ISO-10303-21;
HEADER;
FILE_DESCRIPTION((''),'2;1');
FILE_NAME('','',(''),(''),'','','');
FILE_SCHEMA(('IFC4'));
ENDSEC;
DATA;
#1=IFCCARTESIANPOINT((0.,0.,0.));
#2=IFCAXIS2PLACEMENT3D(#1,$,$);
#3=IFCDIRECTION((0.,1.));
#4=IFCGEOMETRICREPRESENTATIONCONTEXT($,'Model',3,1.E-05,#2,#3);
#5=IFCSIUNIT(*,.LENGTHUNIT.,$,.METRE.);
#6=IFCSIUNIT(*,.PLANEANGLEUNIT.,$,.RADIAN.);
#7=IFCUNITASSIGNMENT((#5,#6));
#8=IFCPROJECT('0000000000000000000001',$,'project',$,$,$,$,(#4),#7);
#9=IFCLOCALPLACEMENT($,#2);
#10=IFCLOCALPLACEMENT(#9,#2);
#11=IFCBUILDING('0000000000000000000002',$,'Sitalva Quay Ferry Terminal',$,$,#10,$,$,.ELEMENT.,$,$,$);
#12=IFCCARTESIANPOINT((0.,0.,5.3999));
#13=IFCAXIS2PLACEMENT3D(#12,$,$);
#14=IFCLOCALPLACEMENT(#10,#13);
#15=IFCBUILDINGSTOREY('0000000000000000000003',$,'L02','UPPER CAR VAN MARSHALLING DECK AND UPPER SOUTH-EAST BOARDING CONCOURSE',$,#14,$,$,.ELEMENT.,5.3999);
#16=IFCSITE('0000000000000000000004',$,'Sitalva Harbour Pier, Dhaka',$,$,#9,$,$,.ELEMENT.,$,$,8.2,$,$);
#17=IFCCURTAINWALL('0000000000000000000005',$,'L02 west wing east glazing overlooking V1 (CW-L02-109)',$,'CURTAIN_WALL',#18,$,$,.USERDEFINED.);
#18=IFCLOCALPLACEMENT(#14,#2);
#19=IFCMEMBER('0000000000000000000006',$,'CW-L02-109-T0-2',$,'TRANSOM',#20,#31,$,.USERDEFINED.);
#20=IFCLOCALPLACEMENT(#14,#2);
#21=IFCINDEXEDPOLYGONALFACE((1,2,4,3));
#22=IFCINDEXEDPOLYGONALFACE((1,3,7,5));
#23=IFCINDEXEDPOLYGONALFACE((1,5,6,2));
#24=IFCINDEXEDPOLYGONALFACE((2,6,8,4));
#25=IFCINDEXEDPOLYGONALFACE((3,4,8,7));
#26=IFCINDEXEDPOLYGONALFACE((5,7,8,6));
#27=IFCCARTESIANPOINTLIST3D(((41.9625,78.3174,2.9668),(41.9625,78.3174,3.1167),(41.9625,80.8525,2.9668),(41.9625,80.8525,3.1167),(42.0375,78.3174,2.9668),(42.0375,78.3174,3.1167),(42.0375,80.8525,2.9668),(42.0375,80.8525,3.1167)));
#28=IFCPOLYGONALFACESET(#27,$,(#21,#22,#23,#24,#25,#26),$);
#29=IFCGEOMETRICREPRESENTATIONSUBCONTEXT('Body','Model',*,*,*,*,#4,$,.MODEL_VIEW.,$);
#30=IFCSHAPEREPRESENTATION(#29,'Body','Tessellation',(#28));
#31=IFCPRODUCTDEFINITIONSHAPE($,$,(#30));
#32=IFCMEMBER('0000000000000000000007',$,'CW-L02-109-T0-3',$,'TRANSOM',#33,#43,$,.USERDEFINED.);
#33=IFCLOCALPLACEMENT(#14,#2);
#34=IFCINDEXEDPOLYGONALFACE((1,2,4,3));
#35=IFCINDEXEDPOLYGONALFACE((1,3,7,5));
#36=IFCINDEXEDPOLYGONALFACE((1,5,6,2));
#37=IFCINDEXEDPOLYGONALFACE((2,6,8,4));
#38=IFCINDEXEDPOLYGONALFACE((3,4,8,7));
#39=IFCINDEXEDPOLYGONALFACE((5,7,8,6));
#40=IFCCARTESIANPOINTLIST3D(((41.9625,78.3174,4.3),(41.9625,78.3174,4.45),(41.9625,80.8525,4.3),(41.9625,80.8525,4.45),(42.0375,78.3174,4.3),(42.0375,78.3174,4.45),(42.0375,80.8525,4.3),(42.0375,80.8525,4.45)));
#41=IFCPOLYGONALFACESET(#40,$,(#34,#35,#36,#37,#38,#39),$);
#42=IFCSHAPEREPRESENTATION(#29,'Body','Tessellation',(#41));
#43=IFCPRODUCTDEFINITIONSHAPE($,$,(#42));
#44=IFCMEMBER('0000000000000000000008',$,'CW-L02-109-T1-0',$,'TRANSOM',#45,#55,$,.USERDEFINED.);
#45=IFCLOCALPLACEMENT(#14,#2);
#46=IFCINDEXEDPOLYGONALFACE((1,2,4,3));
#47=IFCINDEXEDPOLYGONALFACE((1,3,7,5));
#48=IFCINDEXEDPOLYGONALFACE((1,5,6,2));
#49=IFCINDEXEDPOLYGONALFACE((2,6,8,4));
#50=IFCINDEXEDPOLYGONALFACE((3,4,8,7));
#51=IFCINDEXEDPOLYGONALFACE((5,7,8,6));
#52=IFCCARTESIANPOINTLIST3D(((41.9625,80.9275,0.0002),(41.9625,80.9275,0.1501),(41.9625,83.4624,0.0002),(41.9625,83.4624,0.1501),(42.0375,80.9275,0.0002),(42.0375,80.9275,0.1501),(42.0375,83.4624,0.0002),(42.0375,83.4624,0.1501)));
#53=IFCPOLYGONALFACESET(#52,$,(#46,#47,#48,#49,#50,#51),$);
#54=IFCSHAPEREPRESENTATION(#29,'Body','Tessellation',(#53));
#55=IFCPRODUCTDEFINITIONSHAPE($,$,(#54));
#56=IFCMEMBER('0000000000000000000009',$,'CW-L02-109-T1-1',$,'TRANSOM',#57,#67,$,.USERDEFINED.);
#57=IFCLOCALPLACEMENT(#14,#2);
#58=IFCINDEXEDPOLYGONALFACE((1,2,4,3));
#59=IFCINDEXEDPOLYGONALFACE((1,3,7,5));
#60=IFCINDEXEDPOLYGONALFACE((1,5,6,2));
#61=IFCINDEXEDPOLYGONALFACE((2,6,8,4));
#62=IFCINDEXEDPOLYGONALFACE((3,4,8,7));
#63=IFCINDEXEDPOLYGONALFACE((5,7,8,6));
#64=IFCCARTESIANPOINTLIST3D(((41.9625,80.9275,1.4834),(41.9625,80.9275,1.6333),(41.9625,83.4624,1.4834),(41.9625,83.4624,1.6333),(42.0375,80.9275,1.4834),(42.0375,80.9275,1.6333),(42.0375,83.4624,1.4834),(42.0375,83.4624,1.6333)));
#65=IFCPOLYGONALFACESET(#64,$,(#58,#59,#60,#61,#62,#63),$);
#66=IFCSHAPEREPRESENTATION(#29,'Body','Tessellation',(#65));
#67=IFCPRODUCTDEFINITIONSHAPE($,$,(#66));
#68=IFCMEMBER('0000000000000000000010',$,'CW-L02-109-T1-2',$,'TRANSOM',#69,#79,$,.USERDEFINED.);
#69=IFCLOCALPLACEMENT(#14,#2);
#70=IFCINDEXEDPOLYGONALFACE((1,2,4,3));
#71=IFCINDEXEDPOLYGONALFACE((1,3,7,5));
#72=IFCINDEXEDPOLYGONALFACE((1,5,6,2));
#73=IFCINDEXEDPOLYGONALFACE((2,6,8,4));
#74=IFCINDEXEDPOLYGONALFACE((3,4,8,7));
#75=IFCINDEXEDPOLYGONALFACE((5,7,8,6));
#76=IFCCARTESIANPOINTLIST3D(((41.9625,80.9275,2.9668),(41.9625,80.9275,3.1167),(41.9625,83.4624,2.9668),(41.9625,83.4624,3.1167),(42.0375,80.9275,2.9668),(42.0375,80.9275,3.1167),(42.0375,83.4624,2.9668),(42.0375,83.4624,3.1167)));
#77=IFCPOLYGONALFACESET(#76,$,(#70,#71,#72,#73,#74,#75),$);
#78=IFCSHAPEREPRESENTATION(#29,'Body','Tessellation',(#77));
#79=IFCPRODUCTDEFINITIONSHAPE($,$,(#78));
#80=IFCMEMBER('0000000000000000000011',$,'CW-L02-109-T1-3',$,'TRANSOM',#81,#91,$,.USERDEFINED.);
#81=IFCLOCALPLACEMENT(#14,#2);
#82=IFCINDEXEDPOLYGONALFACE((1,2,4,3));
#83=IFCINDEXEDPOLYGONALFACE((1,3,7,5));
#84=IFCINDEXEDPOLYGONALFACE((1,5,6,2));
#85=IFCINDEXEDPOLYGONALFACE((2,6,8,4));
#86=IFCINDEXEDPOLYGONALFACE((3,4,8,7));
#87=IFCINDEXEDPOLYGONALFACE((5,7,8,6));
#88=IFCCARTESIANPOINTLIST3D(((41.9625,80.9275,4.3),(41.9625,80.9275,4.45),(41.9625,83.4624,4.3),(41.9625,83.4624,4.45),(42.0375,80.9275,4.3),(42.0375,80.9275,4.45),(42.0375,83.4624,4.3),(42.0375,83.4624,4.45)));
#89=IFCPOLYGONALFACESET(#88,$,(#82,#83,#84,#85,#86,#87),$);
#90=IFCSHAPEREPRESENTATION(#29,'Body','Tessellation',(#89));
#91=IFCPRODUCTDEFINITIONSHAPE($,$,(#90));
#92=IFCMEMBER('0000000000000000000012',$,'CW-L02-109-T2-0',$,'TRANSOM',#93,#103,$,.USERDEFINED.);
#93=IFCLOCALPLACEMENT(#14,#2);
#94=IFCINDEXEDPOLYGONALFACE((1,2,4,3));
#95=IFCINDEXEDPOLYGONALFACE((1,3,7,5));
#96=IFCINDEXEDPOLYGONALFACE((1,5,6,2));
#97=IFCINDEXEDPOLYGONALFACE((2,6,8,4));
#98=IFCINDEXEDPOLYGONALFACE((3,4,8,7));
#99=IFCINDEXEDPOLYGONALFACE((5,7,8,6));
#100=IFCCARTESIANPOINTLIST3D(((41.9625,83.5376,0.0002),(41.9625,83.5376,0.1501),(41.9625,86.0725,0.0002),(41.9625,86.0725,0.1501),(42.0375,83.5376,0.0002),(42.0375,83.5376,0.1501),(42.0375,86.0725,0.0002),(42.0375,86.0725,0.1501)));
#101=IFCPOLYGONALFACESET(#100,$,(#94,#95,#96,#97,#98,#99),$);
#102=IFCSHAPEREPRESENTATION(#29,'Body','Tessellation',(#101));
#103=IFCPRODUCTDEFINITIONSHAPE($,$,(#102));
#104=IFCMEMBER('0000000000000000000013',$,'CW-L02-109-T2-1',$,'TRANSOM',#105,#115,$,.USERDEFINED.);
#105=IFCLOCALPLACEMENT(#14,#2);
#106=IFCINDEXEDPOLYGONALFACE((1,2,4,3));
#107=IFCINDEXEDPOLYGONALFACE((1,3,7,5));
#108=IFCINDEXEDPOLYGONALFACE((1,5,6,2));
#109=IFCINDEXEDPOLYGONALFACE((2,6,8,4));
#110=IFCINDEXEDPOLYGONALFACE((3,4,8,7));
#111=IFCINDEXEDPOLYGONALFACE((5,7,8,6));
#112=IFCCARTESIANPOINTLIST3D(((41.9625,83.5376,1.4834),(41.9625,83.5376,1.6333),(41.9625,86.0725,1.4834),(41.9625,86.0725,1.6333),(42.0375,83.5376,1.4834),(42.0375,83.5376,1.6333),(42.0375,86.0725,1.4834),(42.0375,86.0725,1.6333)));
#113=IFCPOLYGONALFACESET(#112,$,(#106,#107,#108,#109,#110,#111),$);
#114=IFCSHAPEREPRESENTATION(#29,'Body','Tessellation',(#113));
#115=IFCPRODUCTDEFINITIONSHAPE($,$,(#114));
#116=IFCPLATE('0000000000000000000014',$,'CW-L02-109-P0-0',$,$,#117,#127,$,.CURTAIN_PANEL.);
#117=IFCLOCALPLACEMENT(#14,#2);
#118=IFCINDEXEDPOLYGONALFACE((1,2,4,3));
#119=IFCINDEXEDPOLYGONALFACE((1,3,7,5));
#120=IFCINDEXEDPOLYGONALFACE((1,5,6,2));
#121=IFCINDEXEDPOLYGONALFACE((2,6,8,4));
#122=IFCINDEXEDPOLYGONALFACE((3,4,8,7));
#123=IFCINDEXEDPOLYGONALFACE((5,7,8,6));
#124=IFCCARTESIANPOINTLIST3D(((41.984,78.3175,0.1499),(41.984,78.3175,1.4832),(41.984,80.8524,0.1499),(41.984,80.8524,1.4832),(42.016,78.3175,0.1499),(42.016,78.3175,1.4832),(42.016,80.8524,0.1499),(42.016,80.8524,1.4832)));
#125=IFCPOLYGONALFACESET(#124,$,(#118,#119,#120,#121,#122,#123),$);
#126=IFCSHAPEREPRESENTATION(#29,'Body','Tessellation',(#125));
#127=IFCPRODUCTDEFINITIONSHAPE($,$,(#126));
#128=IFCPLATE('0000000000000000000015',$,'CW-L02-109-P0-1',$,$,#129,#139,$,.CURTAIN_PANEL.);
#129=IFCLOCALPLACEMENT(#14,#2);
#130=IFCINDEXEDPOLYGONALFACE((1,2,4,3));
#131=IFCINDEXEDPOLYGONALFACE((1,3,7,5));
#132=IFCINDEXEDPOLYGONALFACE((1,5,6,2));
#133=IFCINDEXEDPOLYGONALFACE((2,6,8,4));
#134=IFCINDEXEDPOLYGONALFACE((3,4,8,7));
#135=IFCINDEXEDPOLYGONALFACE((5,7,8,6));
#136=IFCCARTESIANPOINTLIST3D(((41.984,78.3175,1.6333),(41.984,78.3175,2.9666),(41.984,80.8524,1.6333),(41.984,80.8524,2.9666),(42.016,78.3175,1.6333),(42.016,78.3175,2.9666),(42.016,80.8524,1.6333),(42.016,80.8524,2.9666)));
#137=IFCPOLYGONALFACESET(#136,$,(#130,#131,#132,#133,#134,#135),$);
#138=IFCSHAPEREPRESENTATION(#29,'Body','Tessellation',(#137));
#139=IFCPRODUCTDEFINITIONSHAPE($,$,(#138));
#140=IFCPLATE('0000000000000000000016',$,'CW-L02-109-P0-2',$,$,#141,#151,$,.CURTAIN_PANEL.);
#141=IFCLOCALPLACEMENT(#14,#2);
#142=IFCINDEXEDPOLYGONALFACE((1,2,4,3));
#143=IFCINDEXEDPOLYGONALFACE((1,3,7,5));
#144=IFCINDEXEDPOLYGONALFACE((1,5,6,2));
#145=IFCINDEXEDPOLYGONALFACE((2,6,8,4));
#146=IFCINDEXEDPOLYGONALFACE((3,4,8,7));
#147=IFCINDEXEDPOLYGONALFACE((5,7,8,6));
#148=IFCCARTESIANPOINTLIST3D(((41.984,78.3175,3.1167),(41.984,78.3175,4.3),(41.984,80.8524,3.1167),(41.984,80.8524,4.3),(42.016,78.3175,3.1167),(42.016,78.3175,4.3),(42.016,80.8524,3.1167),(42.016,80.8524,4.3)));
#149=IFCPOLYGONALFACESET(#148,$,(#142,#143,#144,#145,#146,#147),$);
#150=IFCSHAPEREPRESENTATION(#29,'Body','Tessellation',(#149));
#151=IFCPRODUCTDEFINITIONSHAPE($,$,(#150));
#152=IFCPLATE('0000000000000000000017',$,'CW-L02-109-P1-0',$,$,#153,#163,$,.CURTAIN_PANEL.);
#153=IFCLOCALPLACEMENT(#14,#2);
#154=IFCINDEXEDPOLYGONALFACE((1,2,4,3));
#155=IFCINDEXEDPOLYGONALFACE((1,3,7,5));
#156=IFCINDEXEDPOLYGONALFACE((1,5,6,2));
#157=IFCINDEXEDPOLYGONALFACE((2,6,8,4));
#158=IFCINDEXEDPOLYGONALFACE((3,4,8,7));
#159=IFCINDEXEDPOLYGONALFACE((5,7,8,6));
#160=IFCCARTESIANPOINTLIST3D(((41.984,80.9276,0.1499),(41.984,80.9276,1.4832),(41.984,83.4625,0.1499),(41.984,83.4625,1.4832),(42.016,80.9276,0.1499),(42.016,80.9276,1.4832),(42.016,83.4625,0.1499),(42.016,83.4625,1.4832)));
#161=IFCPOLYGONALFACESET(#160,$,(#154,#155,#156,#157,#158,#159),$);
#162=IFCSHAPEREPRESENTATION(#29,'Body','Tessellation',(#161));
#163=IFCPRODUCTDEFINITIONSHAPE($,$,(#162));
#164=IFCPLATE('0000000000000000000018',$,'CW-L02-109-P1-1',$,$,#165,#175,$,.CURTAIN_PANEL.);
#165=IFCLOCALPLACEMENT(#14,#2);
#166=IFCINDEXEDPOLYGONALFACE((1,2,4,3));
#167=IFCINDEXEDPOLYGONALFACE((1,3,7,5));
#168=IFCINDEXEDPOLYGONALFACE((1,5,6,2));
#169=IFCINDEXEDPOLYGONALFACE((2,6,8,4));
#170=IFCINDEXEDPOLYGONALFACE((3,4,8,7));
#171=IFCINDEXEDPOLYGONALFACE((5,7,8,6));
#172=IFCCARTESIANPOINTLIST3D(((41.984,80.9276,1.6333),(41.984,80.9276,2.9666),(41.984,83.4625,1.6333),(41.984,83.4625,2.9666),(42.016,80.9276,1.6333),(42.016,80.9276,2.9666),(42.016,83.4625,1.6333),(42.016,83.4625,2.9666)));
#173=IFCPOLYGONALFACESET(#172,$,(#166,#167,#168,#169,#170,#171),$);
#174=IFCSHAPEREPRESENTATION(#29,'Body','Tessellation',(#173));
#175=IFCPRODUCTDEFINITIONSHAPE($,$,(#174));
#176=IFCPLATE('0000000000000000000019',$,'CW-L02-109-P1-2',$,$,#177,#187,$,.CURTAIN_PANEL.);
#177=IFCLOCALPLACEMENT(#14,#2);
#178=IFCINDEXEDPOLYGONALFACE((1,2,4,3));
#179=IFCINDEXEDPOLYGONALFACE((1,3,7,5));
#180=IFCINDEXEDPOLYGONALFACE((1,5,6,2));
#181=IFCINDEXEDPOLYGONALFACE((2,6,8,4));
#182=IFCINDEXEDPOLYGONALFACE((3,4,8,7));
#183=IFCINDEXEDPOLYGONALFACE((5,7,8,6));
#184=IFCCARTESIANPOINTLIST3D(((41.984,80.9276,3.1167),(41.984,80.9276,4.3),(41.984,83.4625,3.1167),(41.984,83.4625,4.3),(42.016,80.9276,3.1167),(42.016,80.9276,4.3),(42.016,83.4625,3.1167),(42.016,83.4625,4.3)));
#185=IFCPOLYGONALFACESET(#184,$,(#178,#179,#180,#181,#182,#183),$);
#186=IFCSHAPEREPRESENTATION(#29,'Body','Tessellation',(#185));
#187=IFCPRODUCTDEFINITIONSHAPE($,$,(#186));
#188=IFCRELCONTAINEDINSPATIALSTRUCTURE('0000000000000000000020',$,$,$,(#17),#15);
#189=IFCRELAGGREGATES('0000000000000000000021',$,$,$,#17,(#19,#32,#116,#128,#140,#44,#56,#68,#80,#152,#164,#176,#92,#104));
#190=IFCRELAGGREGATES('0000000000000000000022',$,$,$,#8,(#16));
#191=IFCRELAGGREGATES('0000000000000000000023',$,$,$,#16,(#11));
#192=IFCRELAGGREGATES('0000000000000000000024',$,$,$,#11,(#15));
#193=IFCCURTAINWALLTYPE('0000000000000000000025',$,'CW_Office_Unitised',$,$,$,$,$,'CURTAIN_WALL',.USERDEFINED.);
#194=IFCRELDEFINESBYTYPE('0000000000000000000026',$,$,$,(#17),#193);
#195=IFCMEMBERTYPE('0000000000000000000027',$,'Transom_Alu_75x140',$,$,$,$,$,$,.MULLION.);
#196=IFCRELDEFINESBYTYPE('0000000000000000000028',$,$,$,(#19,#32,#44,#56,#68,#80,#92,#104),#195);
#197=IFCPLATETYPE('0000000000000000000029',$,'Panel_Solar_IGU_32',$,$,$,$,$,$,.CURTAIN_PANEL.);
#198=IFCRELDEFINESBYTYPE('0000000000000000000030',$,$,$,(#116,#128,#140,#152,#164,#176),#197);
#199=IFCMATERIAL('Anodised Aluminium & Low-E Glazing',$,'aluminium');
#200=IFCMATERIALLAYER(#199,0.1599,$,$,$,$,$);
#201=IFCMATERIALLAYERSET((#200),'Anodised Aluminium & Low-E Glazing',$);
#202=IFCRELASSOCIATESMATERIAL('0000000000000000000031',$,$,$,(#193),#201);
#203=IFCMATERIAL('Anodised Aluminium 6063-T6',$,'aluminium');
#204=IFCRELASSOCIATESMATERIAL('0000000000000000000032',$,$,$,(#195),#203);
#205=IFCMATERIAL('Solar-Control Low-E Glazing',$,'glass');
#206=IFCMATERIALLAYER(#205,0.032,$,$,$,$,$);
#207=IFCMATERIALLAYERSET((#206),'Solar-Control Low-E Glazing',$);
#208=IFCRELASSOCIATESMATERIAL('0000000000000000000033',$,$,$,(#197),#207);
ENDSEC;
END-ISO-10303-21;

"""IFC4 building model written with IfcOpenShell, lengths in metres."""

from ifc_helpers import new_model, si_unit, direction, frame, origin, origin_2d, place, context, subcontext, project, spatial, rectangle, extrude, material, layer, layer_set, material_profile, profile_set, type_object, element, aggregate, save


model = new_model("IFC4")

# Units and contexts
model_context = context("Model", 3, precision=1e-05, world=origin(), true_north=direction((0.0, 1.0)))
body_context = subcontext(model_context, "Body", "Model", "MODEL_VIEW")
ifc_project = project(units=[si_unit("LENGTHUNIT", "METRE"), si_unit("PLANEANGLEUNIT", "RADIAN")], contexts=[model_context])

# Site, building, storey
site_placement = place(None, origin())
site = spatial("IfcSite", under=ifc_project, at=site_placement, Name="Sitalva Harbour Pier, Dhaka", CompositionType="ELEMENT", RefElevation=8.2)
building_placement = place(site_placement, origin())
building = spatial("IfcBuilding", under=site, at=building_placement, Name="Sitalva Quay Ferry Terminal", CompositionType="ELEMENT")
storey_placement = place(building_placement, frame((0.0, 0.0, 5.3999)))
storey = spatial("IfcBuildingStorey", under=building, at=storey_placement, Name="L02", Description="UPPER CAR VAN MARSHALLING DECK AND UPPER SOUTH-EAST BOARDING CONCOURSE", CompositionType="ELEMENT", Elevation=5.3999)

# Curtain wall, members, plates
ifc_material_1 = material(Name="Anodised Aluminium & Low-E Glazing", Category="aluminium")
ifc_layer_1 = layer(ifc_material_1, 0.1599)
ifc_layer_set_1 = layer_set([ifc_layer_1], Name="Anodised Aluminium & Low-E Glazing")
curtain_wall_type = type_object("IfcCurtainWallType", Name="CW_Office_Unitised", ElementType="CURTAIN_WALL", PredefinedType="USERDEFINED", material=ifc_layer_set_1)
curtain_wall_placement = place(storey_placement, origin())
curtain_wall = element("IfcCurtainWall", 1, at=curtain_wall_placement, inside=storey, type_object=curtain_wall_type, Name="L02 west wing east glazing overlooking V1 (CW-L02-109)", ObjectType="CURTAIN_WALL", PredefinedType="USERDEFINED")
ifc_material_2 = material(Name="Anodised Aluminium 6063-T6", Category="aluminium")
ifc_material_profile_1 = material_profile(ifc_material_2, rectangle(XDim=0.075, YDim=0.1499, at=origin_2d()), Name="ALU75x150")
ifc_profile_set_1 = profile_set([ifc_material_profile_1], Name="Anodised Aluminium 6063-T6")
member_type_1 = type_object("IfcMemberType", Name="Transom_Alu_75x140", PredefinedType="MULLION", material=ifc_profile_set_1)
member_1_placement = place(storey_placement, frame((42.0, 78.3174, 3.0417), z_axis=(0.0, 1.0, 0.0), x_axis=(-1.0, 0.0, 0.0)))
member_1 = element("IfcMember", 2, at=member_1_placement, type_object=member_type_1, Name="CW-L02-109-T0-2", ObjectType="TRANSOM", PredefinedType="USERDEFINED", context=body_context, shape_type="SweptSolid", body=[
    extrude(rectangle(XDim=0.075, YDim=0.1499, at=origin_2d()), origin(), (0.0, 0.0, 1.0), 2.5352),
])
member_2_placement = place(storey_placement, frame((42.0, 78.3174, 4.375), z_axis=(0.0, 1.0, 0.0), x_axis=(-1.0, 0.0, 0.0)))
member_2 = element("IfcMember", 3, at=member_2_placement, type_object=member_type_1, Name="CW-L02-109-T0-3", ObjectType="TRANSOM", PredefinedType="USERDEFINED", context=body_context, shape_type="SweptSolid", body=[
    extrude(rectangle(XDim=0.075, YDim=0.1499, at=origin_2d()), origin(), (0.0, 0.0, 1.0), 2.5352),
])
member_3_placement = place(storey_placement, frame((42.0, 80.9275, 0.0752), z_axis=(0.0, 1.0, 0.0), x_axis=(-1.0, 0.0, 0.0)))
member_3 = element("IfcMember", 4, at=member_3_placement, type_object=member_type_1, Name="CW-L02-109-T1-0", ObjectType="TRANSOM", PredefinedType="USERDEFINED", context=body_context, shape_type="SweptSolid", body=[
    extrude(rectangle(XDim=0.075, YDim=0.1499, at=origin_2d()), origin(), (0.0, 0.0, 1.0), 2.5349),
])
member_4_placement = place(storey_placement, frame((42.0, 80.9275, 1.5583), z_axis=(0.0, 1.0, 0.0), x_axis=(-1.0, 0.0, 0.0)))
member_4 = element("IfcMember", 5, at=member_4_placement, type_object=member_type_1, Name="CW-L02-109-T1-1", ObjectType="TRANSOM", PredefinedType="USERDEFINED", context=body_context, shape_type="SweptSolid", body=[
    extrude(rectangle(XDim=0.075, YDim=0.1499, at=origin_2d()), origin(), (0.0, 0.0, 1.0), 2.5349),
])
member_5_placement = place(storey_placement, frame((42.0, 80.9275, 3.0417), z_axis=(0.0, 1.0, 0.0), x_axis=(-1.0, 0.0, 0.0)))
member_5 = element("IfcMember", 6, at=member_5_placement, type_object=member_type_1, Name="CW-L02-109-T1-2", ObjectType="TRANSOM", PredefinedType="USERDEFINED", context=body_context, shape_type="SweptSolid", body=[
    extrude(rectangle(XDim=0.075, YDim=0.1499, at=origin_2d()), origin(), (0.0, 0.0, 1.0), 2.5349),
])
member_6_placement = place(storey_placement, frame((42.0, 80.9275, 4.375), z_axis=(0.0, 1.0, 0.0), x_axis=(-1.0, 0.0, 0.0)))
member_6 = element("IfcMember", 7, at=member_6_placement, type_object=member_type_1, Name="CW-L02-109-T1-3", ObjectType="TRANSOM", PredefinedType="USERDEFINED", context=body_context, shape_type="SweptSolid", body=[
    extrude(rectangle(XDim=0.075, YDim=0.1499, at=origin_2d()), origin(), (0.0, 0.0, 1.0), 2.5349),
])
member_7_placement = place(storey_placement, frame((42.0, 83.5376, 0.0752), z_axis=(0.0, 1.0, 0.0), x_axis=(-1.0, 0.0, 0.0)))
member_7 = element("IfcMember", 8, at=member_7_placement, type_object=member_type_1, Name="CW-L02-109-T2-0", ObjectType="TRANSOM", PredefinedType="USERDEFINED", context=body_context, shape_type="SweptSolid", body=[
    extrude(rectangle(XDim=0.075, YDim=0.1499, at=origin_2d()), origin(), (0.0, 0.0, 1.0), 2.5349),
])
member_8_placement = place(storey_placement, frame((42.0, 83.5376, 1.5583), z_axis=(0.0, 1.0, 0.0), x_axis=(-1.0, 0.0, 0.0)))
member_8 = element("IfcMember", 9, at=member_8_placement, type_object=member_type_1, Name="CW-L02-109-T2-1", ObjectType="TRANSOM", PredefinedType="USERDEFINED", context=body_context, shape_type="SweptSolid", body=[
    extrude(rectangle(XDim=0.075, YDim=0.1499, at=origin_2d()), origin(), (0.0, 0.0, 1.0), 2.5349),
])
ifc_material_3 = material(Name="Solar-Control Low-E Glazing", Category="glass")
ifc_layer_2 = layer(ifc_material_3, 0.032)
ifc_layer_set_2 = layer_set([ifc_layer_2], Name="Solar-Control Low-E Glazing")
plate_type = type_object("IfcPlateType", Name="Panel_Solar_IGU_32", PredefinedType="CURTAIN_PANEL", material=ifc_layer_set_2)
plate_1_placement = place(storey_placement, frame((42.0, 79.585, 0.1499), z_axis=(0.0, 0.0, 1.0), x_axis=(0.0, 1.0, 0.0)))
plate_1 = element("IfcPlate", 10, at=plate_1_placement, type_object=plate_type, Name="CW-L02-109-P0-0", PredefinedType="CURTAIN_PANEL", context=body_context, shape_type="SweptSolid", body=[
    extrude(rectangle(XDim=2.5349, YDim=0.032, at=origin_2d()), origin(), (0.0, 0.0, 1.0), 1.3333),
])
plate_2_placement = place(storey_placement, frame((42.0, 79.585, 1.6333), z_axis=(0.0, 0.0, 1.0), x_axis=(0.0, 1.0, 0.0)))
plate_2 = element("IfcPlate", 11, at=plate_2_placement, type_object=plate_type, Name="CW-L02-109-P0-1", PredefinedType="CURTAIN_PANEL", context=body_context, shape_type="SweptSolid", body=[
    extrude(rectangle(XDim=2.5349, YDim=0.032, at=origin_2d()), origin(), (0.0, 0.0, 1.0), 1.3333),
])
plate_3_placement = place(storey_placement, frame((42.0, 79.585, 3.1167), z_axis=(0.0, 0.0, 1.0), x_axis=(0.0, 1.0, 0.0)))
plate_3 = element("IfcPlate", 12, at=plate_3_placement, type_object=plate_type, Name="CW-L02-109-P0-2", PredefinedType="CURTAIN_PANEL", context=body_context, shape_type="SweptSolid", body=[
    extrude(rectangle(XDim=2.5349, YDim=0.032, at=origin_2d()), origin(), (0.0, 0.0, 1.0), 1.1833),
])
plate_4_placement = place(storey_placement, frame((42.0, 82.1951, 0.1499), z_axis=(0.0, 0.0, 1.0), x_axis=(0.0, 1.0, 0.0)))
plate_4 = element("IfcPlate", 13, at=plate_4_placement, type_object=plate_type, Name="CW-L02-109-P1-0", PredefinedType="CURTAIN_PANEL", context=body_context, shape_type="SweptSolid", body=[
    extrude(rectangle(XDim=2.5349, YDim=0.032, at=origin_2d()), origin(), (0.0, 0.0, 1.0), 1.3333),
])
plate_5_placement = place(storey_placement, frame((42.0, 82.1951, 1.6333), z_axis=(0.0, 0.0, 1.0), x_axis=(0.0, 1.0, 0.0)))
plate_5 = element("IfcPlate", 14, at=plate_5_placement, type_object=plate_type, Name="CW-L02-109-P1-1", PredefinedType="CURTAIN_PANEL", context=body_context, shape_type="SweptSolid", body=[
    extrude(rectangle(XDim=2.5349, YDim=0.032, at=origin_2d()), origin(), (0.0, 0.0, 1.0), 1.3333),
])
plate_6_placement = place(storey_placement, frame((42.0, 82.1951, 3.1167), z_axis=(0.0, 0.0, 1.0), x_axis=(0.0, 1.0, 0.0)))
plate_6 = element("IfcPlate", 15, at=plate_6_placement, type_object=plate_type, Name="CW-L02-109-P1-2", PredefinedType="CURTAIN_PANEL", context=body_context, shape_type="SweptSolid", body=[
    extrude(rectangle(XDim=2.5349, YDim=0.032, at=origin_2d()), origin(), (0.0, 0.0, 1.0), 1.1833),
])
aggregate(curtain_wall, [member_1, member_2, plate_1, plate_2, plate_3, member_3, member_4, member_5, member_6, plate_4, plate_5, plate_6, member_7, member_8])

save(model, "model.ifc")
